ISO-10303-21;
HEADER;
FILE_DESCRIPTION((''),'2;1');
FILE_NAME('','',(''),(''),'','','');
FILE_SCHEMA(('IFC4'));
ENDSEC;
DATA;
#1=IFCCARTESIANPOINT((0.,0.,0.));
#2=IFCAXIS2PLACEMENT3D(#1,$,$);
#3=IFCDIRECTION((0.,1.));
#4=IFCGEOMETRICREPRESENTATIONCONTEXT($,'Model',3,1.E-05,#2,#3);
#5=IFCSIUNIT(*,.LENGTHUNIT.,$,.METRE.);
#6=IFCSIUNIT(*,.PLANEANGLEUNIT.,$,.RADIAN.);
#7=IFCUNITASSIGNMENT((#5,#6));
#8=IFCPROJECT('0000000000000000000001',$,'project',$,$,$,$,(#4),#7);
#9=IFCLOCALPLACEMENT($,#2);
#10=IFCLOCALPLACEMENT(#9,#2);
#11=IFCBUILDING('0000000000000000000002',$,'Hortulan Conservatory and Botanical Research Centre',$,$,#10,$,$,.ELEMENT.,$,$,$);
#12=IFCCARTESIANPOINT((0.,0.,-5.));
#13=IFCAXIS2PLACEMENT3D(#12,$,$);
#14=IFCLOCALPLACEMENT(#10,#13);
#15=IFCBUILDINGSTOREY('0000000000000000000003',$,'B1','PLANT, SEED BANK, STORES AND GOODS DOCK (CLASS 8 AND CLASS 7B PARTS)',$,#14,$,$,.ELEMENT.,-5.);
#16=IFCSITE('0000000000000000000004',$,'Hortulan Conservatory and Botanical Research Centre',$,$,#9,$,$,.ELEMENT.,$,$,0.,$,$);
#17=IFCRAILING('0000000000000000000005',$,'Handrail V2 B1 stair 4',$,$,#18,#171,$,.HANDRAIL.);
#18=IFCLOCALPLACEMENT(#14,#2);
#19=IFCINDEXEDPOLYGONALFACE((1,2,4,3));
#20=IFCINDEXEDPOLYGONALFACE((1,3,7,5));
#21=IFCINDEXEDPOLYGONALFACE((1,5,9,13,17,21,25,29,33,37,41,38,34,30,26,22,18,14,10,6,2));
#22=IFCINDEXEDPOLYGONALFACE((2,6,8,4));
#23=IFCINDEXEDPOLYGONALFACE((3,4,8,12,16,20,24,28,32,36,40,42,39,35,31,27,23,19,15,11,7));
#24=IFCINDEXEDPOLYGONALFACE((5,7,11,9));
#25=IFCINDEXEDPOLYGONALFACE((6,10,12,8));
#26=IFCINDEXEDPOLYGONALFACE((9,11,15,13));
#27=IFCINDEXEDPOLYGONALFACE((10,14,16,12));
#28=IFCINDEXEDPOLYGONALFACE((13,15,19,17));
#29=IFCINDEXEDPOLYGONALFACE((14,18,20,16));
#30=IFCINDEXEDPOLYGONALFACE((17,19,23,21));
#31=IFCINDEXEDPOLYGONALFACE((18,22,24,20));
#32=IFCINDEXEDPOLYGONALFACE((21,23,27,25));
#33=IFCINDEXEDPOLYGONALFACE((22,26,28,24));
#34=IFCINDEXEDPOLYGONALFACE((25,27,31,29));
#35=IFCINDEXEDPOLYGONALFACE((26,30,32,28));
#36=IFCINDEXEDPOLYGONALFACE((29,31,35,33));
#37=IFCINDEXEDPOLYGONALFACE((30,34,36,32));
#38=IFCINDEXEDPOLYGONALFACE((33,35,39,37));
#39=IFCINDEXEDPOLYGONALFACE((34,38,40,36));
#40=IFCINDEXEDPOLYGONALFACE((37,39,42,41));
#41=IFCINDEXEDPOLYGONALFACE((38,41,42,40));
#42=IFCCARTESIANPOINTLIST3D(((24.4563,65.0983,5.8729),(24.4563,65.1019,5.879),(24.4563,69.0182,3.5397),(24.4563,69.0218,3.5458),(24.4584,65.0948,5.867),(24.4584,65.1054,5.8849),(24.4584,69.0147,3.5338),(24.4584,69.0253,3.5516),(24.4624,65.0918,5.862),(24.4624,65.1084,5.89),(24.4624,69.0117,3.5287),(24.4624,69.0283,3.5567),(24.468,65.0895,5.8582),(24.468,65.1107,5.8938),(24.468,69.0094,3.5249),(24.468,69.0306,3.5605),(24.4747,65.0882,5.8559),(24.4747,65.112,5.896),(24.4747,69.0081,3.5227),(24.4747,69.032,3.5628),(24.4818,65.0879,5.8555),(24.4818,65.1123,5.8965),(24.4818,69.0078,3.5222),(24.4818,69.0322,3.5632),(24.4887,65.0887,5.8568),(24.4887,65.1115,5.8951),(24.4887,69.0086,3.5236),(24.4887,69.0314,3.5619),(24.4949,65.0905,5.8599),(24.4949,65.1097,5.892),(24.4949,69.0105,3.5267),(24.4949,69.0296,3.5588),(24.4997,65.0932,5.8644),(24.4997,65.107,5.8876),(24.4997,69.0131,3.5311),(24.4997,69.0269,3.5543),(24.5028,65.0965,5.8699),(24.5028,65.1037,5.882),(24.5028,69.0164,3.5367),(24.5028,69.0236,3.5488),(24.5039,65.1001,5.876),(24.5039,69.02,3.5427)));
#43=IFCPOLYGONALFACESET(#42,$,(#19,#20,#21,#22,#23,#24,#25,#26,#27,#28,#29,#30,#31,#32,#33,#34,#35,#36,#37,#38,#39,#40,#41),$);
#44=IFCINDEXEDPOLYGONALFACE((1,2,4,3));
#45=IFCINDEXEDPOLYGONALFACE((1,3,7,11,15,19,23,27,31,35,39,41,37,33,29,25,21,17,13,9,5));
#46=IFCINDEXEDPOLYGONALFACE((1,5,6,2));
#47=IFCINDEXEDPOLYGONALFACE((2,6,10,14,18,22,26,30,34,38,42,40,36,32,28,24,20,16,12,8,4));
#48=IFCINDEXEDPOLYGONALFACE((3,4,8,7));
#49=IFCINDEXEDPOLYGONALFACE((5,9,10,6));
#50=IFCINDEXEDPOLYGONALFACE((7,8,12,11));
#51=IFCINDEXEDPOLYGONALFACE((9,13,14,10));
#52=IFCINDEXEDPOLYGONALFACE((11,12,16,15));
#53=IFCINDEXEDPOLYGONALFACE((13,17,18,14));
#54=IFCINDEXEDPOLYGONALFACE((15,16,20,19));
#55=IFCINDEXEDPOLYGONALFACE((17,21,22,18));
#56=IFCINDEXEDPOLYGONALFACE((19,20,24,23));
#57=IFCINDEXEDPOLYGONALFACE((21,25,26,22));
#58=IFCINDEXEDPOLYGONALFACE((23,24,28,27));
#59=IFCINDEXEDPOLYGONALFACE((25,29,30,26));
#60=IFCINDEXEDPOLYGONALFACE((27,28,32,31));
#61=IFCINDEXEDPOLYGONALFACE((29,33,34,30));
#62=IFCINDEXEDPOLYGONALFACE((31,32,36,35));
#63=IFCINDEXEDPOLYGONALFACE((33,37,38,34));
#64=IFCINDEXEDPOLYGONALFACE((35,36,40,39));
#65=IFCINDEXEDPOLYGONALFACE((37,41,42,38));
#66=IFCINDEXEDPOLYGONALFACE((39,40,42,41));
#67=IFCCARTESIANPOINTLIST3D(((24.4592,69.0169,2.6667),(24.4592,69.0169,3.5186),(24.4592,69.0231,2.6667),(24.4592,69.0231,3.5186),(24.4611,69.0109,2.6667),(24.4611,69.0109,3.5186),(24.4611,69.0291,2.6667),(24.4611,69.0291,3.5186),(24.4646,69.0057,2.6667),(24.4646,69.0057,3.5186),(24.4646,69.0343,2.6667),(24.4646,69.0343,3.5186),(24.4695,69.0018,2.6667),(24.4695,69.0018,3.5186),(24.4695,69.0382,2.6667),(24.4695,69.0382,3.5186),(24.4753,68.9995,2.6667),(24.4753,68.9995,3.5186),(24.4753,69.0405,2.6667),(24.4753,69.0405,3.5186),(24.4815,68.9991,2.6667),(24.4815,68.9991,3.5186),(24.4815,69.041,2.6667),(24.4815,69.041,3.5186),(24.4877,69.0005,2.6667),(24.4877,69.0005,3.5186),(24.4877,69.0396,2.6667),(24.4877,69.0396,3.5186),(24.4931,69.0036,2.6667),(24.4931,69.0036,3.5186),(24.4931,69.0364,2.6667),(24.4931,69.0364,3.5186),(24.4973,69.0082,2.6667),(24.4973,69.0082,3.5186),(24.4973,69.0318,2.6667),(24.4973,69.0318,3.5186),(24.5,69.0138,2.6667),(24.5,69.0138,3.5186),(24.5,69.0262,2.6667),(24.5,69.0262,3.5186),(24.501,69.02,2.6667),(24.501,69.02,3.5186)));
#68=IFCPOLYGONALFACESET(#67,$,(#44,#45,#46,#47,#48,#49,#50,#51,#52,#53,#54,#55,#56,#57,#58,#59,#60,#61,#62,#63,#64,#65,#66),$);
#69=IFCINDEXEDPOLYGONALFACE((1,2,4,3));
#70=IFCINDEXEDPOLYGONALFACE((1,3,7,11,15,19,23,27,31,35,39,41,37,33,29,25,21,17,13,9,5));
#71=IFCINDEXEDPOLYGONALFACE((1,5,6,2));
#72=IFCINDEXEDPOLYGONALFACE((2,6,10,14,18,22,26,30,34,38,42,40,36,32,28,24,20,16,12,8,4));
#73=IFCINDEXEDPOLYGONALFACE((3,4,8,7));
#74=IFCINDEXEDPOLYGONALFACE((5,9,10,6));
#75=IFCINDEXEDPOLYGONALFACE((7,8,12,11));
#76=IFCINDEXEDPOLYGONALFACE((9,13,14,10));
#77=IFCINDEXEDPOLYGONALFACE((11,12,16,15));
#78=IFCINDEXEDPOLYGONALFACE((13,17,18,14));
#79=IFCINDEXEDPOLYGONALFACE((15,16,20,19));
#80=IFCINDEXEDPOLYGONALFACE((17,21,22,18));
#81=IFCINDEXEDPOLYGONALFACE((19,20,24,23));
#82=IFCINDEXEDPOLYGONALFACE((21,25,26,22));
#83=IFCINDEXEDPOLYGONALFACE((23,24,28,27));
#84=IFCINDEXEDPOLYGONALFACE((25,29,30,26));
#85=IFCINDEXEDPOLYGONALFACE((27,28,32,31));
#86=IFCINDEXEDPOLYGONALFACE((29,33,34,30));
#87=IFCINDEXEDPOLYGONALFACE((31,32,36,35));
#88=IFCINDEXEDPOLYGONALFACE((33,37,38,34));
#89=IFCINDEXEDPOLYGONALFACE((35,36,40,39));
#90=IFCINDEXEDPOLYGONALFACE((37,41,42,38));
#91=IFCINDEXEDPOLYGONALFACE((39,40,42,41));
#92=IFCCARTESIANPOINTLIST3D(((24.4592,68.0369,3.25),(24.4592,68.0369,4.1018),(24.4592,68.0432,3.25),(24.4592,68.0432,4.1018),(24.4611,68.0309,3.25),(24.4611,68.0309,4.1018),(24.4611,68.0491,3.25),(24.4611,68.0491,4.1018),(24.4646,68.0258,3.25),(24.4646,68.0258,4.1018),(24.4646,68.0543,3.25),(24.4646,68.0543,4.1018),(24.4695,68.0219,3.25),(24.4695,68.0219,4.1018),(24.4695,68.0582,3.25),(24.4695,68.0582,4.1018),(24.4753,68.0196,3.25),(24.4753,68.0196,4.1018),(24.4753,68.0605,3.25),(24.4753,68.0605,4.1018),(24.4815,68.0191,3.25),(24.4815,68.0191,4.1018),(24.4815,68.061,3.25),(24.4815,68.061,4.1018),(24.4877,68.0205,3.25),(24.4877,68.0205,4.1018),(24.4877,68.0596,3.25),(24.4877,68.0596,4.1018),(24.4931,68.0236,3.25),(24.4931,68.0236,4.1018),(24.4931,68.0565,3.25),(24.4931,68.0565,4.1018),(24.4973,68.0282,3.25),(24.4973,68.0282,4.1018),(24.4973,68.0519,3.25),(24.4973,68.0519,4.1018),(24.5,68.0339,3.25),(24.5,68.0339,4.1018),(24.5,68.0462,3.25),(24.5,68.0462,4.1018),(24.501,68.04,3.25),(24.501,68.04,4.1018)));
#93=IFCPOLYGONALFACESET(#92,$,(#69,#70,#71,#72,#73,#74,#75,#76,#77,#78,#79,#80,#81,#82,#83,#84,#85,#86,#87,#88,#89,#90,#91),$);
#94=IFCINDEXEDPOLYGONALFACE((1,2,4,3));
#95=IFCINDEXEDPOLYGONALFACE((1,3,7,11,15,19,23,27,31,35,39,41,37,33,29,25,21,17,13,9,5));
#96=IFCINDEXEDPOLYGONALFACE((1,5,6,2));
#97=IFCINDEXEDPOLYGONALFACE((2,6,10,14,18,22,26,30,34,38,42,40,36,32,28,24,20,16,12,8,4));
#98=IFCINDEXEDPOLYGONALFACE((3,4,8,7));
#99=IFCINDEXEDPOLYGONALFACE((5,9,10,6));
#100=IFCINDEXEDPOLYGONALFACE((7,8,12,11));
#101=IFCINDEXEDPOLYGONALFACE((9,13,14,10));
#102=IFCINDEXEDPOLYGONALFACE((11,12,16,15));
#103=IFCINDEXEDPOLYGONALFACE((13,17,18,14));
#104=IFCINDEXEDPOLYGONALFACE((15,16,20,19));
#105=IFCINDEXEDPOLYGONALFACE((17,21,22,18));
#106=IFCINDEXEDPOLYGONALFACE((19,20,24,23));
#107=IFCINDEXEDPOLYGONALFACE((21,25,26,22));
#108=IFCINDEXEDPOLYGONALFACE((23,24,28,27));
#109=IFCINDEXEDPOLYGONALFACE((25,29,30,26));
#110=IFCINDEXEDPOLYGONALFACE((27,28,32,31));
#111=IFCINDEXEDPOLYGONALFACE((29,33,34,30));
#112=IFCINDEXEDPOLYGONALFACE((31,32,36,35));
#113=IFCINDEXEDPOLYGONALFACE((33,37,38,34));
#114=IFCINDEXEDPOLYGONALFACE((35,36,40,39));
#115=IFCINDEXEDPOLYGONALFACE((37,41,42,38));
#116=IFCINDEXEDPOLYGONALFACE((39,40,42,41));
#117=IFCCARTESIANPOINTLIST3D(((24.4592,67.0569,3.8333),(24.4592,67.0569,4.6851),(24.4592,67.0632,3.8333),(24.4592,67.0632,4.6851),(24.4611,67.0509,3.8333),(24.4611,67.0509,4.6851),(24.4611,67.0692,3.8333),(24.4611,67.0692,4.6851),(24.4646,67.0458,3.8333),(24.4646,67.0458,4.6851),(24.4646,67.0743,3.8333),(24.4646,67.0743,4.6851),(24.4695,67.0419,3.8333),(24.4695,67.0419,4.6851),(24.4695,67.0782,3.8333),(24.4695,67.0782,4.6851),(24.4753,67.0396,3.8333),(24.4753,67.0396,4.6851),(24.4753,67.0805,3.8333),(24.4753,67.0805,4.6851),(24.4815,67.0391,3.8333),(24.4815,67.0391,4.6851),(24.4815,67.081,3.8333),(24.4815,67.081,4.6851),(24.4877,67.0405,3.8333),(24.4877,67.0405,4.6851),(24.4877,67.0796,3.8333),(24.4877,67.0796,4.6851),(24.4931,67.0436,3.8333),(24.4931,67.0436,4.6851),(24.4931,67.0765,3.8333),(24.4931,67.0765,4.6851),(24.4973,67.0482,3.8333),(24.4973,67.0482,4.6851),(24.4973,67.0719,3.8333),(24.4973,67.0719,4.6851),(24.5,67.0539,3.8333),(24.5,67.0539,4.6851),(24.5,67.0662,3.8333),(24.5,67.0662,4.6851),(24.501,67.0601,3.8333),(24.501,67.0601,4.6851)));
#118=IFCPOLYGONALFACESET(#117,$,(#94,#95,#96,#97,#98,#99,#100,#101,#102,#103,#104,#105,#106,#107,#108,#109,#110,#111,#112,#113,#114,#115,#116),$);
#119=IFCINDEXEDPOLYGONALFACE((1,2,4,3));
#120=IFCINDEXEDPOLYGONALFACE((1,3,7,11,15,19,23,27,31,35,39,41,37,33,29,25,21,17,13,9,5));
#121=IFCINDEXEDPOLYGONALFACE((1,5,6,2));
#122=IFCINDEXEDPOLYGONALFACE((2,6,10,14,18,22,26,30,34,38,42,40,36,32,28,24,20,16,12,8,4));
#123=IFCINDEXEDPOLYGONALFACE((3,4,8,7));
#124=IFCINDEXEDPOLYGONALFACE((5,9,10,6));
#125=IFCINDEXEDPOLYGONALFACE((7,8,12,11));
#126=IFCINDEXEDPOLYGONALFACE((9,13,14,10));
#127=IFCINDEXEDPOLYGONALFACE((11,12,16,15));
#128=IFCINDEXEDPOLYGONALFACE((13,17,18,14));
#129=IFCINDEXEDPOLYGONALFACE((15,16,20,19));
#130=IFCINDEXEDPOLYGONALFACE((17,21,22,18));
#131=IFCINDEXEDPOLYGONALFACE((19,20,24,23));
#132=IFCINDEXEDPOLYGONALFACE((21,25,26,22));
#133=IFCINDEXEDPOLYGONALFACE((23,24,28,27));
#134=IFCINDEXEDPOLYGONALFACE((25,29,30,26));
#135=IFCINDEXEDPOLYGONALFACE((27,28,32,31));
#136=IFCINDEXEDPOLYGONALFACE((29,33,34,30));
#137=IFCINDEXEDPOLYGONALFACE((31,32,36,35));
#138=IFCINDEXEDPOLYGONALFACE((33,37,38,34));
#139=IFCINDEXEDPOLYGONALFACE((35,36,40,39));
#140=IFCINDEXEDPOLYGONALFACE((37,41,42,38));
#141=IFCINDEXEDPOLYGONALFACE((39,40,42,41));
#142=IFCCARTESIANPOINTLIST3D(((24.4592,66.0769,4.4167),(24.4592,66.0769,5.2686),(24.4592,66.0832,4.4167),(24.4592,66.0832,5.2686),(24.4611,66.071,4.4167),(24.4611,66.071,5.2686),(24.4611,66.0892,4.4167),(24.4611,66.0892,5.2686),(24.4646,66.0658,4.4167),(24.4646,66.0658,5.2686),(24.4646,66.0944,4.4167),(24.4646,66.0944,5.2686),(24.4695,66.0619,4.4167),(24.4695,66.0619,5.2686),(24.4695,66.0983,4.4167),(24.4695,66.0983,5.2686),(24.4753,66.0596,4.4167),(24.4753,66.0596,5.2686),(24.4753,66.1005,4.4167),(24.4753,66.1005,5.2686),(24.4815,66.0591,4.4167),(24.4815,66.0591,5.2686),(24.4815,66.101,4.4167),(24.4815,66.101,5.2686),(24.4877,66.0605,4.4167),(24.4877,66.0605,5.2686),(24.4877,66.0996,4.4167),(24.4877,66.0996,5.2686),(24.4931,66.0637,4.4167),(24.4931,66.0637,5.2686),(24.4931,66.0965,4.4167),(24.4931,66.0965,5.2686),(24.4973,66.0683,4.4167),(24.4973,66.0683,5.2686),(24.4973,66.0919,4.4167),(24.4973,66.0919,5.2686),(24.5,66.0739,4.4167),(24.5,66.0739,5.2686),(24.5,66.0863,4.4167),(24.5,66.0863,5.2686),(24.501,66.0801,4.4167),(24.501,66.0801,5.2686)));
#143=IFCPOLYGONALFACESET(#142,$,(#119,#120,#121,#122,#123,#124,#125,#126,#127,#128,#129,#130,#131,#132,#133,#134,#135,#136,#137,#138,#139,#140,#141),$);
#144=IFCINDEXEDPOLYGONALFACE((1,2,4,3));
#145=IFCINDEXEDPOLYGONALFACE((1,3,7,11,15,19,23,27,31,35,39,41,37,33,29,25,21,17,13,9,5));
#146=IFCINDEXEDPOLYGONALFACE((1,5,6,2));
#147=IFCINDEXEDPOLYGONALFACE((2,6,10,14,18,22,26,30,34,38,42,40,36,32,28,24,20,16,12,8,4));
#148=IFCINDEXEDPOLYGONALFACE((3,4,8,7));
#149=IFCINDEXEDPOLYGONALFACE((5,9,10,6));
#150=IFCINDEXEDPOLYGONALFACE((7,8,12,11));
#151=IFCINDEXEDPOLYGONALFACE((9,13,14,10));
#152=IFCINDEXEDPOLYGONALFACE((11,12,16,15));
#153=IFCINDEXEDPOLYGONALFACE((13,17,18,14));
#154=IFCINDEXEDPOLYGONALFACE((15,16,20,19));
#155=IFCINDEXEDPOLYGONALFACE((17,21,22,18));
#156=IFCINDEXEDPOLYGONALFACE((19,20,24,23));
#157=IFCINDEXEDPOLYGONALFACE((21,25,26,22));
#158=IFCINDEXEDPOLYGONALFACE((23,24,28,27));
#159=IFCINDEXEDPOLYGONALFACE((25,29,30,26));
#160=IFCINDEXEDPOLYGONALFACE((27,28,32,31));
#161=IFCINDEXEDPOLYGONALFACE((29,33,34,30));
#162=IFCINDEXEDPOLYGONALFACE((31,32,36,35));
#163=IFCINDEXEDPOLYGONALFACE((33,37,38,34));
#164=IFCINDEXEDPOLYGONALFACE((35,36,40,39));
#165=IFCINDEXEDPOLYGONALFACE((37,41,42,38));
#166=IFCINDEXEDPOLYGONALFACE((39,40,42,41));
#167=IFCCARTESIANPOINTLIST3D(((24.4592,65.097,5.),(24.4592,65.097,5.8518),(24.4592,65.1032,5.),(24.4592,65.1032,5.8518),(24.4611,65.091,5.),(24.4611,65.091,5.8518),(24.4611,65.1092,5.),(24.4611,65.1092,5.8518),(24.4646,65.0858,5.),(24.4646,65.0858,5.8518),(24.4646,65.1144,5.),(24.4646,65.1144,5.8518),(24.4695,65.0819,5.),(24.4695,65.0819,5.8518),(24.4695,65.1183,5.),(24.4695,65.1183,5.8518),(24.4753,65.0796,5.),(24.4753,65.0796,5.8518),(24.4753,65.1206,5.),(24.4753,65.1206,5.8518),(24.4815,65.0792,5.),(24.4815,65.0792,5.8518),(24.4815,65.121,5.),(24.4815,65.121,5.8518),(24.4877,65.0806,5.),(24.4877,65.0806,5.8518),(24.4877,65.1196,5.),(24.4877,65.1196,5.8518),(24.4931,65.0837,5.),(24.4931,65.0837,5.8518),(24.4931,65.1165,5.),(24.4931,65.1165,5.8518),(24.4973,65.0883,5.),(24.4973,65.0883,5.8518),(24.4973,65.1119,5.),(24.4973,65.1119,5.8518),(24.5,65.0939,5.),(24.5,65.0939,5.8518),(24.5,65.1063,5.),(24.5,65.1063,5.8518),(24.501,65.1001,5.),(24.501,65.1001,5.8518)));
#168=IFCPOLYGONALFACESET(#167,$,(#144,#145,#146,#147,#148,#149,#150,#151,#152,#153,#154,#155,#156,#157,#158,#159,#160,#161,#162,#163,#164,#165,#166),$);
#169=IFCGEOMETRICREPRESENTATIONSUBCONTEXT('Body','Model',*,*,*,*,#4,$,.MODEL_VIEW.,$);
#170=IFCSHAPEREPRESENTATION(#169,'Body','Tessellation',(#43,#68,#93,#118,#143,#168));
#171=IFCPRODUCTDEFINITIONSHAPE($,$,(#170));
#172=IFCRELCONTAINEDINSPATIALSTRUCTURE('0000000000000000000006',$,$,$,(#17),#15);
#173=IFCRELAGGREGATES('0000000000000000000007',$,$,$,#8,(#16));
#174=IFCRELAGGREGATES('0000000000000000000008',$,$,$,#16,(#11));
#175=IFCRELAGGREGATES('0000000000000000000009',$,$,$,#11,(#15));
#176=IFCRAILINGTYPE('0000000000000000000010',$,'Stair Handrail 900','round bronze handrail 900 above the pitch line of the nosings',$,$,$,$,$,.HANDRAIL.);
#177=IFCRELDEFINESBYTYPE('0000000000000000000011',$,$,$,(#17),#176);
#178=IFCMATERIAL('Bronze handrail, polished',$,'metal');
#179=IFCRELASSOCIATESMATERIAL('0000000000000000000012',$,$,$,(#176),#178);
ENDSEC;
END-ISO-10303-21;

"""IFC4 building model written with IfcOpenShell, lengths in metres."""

from ifc_helpers import new_model, si_unit, direction, frame, origin, origin_2d, place, context, subcontext, project, spatial, circle, extrude, material, type_object, element, save


model = new_model("IFC4")

# Units and contexts
model_context = context("Model", 3, precision=1e-05, world=origin(), true_north=direction((0.0, 1.0)))
body_context = subcontext(model_context, "Body", "Model", "MODEL_VIEW")
ifc_project = project(units=[si_unit("LENGTHUNIT", "METRE"), si_unit("PLANEANGLEUNIT", "RADIAN")], contexts=[model_context])

# Site, building, storey
site_placement = place(None, origin())
site = spatial("IfcSite", under=ifc_project, at=site_placement, Name="Hortulan Conservatory and Botanical Research Centre", CompositionType="ELEMENT", RefElevation=0.0)
building_placement = place(site_placement, origin())
building = spatial("IfcBuilding", under=site, at=building_placement, Name="Hortulan Conservatory and Botanical Research Centre", CompositionType="ELEMENT")
storey_placement = place(building_placement, frame((0.0, 0.0, -5.0)))
storey = spatial("IfcBuildingStorey", under=building, at=storey_placement, Name="B1", Description="PLANT, SEED BANK, STORES AND GOODS DOCK (CLASS 8 AND CLASS 7B PARTS)", CompositionType="ELEMENT", Elevation=-5.0)

# Railing
ifc_material_1 = material(Name="Bronze handrail, polished", Category="metal")
railing_type_1 = type_object("IfcRailingType", Name="Stair Handrail 900", Description="round bronze handrail 900 above the pitch line of the nosings", PredefinedType="HANDRAIL", material=ifc_material_1)
for number, where, name in (
    (1, (24.48, 69.02, 2.6667), "Handrail V2 B1 stair 4"),
):
    element("IfcRailing", number, at=place(storey_placement, frame(where)), inside=storey, type_object=railing_type_1, Name=name, PredefinedType="HANDRAIL", context=body_context, shape_type="SweptSolid", body=[
        extrude(circle(Radius=0.0239, at=origin_2d()), frame((0.0, 0.0, 0.876), z_axis=(0.0, -0.859296, 0.511478), x_axis=(1.0, 0.0, 0.0)), (0.0, 0.0, 1.0), 4.5618),
        extrude(circle(Radius=0.021, at=origin_2d()), origin(), (0.0, 0.0, 1.0), 0.8518),
        extrude(circle(Radius=0.021, at=origin_2d()), frame((0.0, -0.98, 0.5833)), (0.0, 0.0, 1.0), 0.8518),
        extrude(circle(Radius=0.021, at=origin_2d()), frame((0.0, -1.96, 1.1665)), (0.0, 0.0, 1.0), 0.8518),
        extrude(circle(Radius=0.021, at=origin_2d()), frame((0.0, -2.9399, 1.75)), (0.0, 0.0, 1.0), 0.8518),
        extrude(circle(Radius=0.021, at=origin_2d()), frame((0.0, -3.9199, 2.3333)), (0.0, 0.0, 1.0), 0.8518),
    ])

save(model, "model.ifc")
